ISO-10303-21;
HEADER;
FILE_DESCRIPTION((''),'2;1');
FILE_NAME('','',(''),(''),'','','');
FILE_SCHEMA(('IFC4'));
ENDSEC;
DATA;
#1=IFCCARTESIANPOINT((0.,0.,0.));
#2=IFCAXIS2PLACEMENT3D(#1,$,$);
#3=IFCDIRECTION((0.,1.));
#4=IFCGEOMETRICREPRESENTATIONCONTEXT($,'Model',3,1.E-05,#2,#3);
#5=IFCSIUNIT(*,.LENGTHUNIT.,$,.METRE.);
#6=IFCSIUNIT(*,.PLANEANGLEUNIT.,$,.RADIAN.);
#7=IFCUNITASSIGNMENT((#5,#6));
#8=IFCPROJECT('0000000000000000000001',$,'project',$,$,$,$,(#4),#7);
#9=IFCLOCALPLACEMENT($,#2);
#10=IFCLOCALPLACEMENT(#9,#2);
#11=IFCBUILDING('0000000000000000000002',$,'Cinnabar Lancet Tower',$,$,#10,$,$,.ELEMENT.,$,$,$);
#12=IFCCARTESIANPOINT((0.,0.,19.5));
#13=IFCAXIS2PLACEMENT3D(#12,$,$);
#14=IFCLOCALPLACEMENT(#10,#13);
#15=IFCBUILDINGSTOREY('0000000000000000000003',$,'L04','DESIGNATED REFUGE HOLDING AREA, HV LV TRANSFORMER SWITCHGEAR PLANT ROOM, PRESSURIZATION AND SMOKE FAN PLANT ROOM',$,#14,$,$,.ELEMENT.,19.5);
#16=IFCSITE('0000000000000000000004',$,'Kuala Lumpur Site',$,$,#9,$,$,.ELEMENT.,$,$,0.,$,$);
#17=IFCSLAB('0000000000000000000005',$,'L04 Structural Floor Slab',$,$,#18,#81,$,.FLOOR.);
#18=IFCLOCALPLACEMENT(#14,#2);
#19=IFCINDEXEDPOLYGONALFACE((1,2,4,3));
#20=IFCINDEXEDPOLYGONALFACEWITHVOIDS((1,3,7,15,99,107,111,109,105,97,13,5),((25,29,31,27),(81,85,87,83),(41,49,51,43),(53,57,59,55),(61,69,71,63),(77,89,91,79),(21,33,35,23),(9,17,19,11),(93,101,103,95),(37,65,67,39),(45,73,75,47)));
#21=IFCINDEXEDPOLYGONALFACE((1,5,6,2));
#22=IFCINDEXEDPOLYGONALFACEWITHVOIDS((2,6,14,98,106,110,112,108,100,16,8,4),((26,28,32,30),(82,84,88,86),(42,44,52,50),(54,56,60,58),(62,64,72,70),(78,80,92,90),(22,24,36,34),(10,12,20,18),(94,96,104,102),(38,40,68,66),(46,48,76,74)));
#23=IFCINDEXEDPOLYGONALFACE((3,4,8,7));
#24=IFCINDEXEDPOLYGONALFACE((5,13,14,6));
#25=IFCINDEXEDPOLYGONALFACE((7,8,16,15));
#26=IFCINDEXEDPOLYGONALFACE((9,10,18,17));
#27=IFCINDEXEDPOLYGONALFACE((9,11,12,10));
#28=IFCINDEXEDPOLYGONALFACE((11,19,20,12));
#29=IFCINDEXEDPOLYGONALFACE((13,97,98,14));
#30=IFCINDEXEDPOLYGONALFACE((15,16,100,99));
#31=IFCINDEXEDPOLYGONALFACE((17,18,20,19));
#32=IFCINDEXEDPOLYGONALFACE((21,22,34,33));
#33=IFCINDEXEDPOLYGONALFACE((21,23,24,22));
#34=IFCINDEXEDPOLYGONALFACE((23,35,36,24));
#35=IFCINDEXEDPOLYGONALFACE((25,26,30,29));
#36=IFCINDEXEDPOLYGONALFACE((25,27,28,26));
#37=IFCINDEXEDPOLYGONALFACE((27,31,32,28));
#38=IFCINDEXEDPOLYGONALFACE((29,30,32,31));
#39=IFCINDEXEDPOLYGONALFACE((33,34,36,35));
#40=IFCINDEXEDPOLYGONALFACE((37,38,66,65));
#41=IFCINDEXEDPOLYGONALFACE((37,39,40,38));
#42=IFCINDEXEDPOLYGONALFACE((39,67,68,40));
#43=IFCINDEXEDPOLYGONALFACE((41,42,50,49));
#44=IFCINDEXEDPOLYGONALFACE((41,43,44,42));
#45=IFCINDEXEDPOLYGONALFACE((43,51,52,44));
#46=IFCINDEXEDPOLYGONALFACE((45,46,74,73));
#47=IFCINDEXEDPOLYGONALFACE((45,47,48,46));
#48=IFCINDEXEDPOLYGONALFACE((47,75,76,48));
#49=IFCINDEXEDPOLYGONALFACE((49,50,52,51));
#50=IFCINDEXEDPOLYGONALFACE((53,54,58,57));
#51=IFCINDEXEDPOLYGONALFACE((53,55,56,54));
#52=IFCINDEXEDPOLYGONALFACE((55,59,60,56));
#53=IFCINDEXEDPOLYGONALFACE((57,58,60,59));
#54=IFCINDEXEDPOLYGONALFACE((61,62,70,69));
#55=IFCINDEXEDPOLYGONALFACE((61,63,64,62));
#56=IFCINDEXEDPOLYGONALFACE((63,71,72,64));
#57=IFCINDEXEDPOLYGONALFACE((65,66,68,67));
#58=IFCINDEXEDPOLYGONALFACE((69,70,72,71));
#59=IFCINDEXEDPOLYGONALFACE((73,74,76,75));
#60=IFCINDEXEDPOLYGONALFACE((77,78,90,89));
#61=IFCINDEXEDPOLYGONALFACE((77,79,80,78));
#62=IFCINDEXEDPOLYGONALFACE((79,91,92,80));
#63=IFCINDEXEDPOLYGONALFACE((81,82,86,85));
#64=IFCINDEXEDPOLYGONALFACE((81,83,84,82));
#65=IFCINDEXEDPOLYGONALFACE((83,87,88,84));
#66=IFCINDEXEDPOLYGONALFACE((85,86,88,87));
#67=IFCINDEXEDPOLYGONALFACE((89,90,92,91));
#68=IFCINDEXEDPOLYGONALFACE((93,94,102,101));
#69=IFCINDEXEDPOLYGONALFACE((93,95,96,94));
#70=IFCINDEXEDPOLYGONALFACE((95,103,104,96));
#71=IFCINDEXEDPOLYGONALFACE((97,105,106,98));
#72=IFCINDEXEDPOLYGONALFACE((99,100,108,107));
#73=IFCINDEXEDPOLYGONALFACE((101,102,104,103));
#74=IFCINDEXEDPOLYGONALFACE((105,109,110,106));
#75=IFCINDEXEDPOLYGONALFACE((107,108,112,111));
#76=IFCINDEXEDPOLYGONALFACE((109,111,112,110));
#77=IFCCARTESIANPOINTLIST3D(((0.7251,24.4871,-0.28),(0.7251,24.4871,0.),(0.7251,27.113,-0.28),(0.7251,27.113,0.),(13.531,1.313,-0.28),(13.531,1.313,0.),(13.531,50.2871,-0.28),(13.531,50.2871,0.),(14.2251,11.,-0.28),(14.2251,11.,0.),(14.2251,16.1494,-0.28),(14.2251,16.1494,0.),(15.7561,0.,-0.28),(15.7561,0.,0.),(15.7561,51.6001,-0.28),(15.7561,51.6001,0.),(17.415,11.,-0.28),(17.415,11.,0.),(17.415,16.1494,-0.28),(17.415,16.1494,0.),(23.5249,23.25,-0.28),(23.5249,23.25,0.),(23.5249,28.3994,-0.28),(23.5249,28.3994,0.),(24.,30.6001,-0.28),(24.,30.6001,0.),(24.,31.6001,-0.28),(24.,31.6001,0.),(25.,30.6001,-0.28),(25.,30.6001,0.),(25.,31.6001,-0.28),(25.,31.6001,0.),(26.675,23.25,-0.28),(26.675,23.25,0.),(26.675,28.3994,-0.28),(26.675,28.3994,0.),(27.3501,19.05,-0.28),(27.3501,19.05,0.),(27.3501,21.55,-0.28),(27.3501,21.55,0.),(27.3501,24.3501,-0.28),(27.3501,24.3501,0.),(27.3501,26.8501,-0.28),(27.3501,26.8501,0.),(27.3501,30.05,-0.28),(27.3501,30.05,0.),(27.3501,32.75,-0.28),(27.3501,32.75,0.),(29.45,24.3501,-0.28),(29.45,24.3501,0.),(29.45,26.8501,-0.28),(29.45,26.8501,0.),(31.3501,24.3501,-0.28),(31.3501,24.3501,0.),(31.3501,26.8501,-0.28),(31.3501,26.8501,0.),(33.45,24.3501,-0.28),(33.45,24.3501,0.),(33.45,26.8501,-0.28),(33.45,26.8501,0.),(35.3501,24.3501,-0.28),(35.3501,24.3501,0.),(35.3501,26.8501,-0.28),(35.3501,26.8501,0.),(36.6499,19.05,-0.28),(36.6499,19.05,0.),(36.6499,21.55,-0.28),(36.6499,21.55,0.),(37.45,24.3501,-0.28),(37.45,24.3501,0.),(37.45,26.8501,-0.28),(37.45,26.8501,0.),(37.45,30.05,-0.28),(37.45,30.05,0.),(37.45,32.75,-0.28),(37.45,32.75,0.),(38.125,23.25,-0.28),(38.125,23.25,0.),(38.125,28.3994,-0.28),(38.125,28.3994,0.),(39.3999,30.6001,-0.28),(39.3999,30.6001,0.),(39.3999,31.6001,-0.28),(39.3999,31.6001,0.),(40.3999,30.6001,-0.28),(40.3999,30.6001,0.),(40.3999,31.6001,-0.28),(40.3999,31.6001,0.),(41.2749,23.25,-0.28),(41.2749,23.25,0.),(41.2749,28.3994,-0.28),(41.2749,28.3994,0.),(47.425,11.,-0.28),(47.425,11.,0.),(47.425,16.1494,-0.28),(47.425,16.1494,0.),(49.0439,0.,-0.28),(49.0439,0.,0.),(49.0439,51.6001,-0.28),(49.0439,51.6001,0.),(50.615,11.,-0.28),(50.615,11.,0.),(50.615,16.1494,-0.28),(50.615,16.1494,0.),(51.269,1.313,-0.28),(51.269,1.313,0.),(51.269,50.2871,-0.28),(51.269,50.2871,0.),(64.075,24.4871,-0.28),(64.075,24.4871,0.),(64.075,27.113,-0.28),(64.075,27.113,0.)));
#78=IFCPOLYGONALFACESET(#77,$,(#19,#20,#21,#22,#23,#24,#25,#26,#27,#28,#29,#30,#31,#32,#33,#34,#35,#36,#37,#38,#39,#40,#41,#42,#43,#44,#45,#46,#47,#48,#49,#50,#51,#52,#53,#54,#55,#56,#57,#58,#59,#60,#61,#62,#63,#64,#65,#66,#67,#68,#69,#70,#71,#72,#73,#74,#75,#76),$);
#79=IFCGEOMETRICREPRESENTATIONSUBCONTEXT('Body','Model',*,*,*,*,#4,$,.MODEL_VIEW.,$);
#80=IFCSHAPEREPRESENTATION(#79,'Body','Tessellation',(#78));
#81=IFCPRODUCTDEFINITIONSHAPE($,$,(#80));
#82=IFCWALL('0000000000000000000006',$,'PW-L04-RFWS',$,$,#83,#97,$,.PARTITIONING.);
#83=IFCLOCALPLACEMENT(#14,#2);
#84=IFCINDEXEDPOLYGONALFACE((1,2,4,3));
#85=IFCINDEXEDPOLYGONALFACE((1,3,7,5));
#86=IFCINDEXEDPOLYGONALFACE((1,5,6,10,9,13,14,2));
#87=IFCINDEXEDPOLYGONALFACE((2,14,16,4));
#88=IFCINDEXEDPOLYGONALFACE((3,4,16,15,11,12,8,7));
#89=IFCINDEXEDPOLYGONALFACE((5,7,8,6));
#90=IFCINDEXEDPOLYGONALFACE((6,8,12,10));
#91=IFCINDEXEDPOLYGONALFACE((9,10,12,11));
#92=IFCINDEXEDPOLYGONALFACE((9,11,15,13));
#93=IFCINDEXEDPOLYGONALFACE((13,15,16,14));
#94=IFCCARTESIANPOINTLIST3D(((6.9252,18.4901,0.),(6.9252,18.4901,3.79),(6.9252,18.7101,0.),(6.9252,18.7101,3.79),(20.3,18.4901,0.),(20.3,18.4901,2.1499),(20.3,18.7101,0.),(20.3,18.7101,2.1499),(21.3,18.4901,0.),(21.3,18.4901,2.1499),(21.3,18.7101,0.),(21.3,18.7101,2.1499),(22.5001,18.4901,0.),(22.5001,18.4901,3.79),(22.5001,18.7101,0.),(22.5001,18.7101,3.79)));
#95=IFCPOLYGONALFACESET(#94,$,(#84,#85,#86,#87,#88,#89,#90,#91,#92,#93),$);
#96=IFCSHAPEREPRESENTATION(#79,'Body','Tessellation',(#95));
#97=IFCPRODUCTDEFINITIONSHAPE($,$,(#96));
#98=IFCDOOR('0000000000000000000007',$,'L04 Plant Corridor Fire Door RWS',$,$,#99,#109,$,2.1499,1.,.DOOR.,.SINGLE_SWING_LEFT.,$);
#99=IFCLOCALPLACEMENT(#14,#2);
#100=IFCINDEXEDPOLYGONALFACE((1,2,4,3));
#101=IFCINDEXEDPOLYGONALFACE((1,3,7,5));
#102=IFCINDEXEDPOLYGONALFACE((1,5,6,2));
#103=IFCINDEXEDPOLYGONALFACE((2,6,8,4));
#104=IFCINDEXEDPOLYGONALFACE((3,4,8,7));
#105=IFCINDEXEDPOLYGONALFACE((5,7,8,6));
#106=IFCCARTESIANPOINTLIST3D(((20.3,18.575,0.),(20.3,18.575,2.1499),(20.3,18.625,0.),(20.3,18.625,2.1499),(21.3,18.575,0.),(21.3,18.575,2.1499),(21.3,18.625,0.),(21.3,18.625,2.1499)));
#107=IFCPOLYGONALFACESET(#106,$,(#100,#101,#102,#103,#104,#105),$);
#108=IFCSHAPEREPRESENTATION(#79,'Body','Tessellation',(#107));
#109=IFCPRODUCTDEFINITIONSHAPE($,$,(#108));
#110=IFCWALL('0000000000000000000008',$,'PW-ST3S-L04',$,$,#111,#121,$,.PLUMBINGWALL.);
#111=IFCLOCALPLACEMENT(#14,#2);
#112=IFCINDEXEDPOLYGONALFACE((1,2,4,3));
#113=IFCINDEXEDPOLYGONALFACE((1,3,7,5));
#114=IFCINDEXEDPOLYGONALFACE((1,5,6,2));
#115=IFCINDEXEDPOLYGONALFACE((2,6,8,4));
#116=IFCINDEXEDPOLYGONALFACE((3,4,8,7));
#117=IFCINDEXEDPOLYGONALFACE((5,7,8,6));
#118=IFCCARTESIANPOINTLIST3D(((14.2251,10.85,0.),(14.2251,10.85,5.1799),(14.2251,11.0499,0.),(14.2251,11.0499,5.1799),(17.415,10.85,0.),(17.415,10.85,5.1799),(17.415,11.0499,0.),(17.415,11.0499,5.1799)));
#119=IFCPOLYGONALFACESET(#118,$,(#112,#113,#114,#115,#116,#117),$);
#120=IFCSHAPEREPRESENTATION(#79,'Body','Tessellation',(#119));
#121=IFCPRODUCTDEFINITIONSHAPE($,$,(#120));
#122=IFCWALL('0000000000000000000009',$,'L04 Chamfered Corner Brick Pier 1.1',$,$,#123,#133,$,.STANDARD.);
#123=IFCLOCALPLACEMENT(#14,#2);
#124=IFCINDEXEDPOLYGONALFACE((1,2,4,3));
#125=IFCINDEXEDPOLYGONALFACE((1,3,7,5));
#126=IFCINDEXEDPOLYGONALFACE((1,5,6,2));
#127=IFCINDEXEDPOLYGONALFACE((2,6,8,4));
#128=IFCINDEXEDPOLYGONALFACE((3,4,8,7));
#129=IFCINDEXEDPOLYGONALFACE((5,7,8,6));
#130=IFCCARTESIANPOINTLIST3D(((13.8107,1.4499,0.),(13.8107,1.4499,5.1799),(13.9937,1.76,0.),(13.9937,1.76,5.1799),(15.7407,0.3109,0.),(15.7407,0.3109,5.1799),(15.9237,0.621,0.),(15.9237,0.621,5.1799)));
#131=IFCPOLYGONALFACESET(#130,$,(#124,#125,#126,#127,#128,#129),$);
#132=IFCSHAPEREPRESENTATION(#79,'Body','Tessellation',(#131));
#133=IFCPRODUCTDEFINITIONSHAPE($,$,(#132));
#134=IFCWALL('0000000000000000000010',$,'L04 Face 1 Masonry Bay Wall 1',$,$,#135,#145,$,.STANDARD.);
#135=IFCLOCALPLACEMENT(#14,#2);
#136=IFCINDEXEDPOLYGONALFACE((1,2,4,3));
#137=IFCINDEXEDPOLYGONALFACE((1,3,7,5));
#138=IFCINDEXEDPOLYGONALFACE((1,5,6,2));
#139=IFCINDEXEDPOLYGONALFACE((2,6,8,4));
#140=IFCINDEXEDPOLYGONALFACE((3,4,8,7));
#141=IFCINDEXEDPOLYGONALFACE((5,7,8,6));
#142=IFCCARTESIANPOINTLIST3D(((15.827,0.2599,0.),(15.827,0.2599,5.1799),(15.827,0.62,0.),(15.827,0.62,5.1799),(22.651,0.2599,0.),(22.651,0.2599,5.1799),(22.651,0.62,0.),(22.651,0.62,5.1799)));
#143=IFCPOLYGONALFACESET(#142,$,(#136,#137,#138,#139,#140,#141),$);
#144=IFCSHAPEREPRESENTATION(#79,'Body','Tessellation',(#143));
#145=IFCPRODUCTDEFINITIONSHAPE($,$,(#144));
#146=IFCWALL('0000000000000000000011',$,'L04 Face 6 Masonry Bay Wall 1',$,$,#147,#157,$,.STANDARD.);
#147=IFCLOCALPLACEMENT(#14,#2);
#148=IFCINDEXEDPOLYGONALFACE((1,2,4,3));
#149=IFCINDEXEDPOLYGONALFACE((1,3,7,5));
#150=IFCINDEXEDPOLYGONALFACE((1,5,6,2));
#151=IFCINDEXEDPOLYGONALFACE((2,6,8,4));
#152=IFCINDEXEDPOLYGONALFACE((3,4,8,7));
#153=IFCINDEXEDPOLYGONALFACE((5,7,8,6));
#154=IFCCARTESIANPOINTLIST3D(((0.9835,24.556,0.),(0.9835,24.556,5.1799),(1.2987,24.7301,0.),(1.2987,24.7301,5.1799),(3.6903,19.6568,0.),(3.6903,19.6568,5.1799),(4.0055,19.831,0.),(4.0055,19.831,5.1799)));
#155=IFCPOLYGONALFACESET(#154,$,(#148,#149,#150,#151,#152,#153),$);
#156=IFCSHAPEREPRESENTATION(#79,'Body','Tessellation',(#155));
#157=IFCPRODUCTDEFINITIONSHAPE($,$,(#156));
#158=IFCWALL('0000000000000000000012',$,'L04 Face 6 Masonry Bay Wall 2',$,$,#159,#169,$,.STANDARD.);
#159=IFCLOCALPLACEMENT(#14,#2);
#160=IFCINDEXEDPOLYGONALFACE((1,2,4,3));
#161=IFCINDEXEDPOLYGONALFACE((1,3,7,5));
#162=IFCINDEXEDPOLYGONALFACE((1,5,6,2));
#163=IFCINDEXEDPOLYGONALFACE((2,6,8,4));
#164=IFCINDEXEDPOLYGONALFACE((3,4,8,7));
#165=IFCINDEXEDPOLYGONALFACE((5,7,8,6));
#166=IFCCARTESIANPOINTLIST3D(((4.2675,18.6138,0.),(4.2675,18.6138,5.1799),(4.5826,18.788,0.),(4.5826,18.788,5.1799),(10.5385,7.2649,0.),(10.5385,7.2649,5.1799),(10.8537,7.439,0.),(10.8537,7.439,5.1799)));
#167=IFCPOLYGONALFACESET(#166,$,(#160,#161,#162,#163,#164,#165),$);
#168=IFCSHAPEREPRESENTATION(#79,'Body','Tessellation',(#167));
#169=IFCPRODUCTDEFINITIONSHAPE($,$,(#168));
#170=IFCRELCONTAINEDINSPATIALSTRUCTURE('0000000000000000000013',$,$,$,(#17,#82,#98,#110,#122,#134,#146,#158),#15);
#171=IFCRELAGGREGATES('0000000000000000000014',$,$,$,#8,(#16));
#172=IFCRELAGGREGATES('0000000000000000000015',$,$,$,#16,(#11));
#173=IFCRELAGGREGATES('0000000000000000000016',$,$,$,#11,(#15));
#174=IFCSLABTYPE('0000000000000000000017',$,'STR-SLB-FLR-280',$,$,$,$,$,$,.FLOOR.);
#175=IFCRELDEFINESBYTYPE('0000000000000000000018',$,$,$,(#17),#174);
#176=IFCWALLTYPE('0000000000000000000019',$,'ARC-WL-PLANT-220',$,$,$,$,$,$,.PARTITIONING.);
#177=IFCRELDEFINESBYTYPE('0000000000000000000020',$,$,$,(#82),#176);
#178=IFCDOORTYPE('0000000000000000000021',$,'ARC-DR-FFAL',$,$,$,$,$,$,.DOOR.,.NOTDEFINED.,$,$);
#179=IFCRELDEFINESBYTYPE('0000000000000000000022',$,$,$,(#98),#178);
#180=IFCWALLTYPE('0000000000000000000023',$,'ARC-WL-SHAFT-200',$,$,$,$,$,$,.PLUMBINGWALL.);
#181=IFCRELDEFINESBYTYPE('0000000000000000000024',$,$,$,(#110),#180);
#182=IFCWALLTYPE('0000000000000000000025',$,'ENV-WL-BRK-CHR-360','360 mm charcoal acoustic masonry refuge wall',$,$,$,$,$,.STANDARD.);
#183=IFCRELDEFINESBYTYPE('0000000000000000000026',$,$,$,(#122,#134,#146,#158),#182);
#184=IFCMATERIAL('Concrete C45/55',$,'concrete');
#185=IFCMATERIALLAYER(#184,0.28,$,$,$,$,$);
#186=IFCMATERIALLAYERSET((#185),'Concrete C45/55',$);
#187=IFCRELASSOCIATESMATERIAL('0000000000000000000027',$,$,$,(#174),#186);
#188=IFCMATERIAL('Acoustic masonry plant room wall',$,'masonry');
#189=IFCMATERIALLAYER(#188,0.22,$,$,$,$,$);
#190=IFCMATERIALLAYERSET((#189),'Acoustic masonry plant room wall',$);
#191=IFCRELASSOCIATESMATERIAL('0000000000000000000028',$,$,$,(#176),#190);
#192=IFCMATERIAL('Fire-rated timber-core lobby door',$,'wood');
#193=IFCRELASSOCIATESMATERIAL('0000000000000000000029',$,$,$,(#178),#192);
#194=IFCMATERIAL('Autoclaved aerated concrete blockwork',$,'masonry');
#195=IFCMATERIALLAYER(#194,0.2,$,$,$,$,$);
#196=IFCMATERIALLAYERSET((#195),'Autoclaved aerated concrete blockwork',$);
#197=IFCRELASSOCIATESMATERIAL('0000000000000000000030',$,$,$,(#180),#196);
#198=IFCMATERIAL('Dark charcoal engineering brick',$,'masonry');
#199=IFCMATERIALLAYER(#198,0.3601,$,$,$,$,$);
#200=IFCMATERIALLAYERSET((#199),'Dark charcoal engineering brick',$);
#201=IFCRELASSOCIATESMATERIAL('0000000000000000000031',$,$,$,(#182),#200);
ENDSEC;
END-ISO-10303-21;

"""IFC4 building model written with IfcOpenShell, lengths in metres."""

from ifc_helpers import new_model, si_unit, direction, frame, frame_2d, origin, place, context, subcontext, project, spatial, polyline, rectangle, outline, extrude, material, layer, layer_set, type_object, element, fill, save


model = new_model("IFC4")

# Units and contexts
model_context = context("Model", 3, precision=1e-05, world=origin(), true_north=direction((0.0, 1.0)))
body_context = subcontext(model_context, "Body", "Model", "MODEL_VIEW")
ifc_project = project(units=[si_unit("LENGTHUNIT", "METRE"), si_unit("PLANEANGLEUNIT", "RADIAN")], contexts=[model_context])

# Site, building, storey
site_placement = place(None, origin())
site = spatial("IfcSite", under=ifc_project, at=site_placement, Name="Kuala Lumpur Site", CompositionType="ELEMENT", RefElevation=0.0)
building_placement = place(site_placement, origin())
building = spatial("IfcBuilding", under=site, at=building_placement, Name="Cinnabar Lancet Tower", CompositionType="ELEMENT")
storey_placement = place(building_placement, frame((0.0, 0.0, 19.5)))
storey = spatial("IfcBuildingStorey", under=building, at=storey_placement, Name="L04", Description="DESIGNATED REFUGE HOLDING AREA, HV LV TRANSFORMER SWITCHGEAR PLANT ROOM, PRESSURIZATION AND SMOKE FAN PLANT ROOM", CompositionType="ELEMENT", Elevation=19.5)

# Slab
ifc_material_1 = material(Name="Concrete C45/55", Category="concrete")
ifc_layer_1 = layer(ifc_material_1, 0.28)
ifc_layer_set_1 = layer_set([ifc_layer_1], Name="Concrete C45/55")
slab_type_1 = type_object("IfcSlabType", Name="STR-SLB-FLR-280", PredefinedType="FLOOR", material=ifc_layer_set_1)
slab_1_placement = place(storey_placement, frame((0.0, 0.0, -0.28)))
element("IfcSlab", 1, at=slab_1_placement, inside=storey, type_object=slab_type_1, Name="L04 Structural Floor Slab", PredefinedType="FLOOR", context=body_context, shape_type="SweptSolid", body=[
    extrude(outline(polyline([(13.531, 1.313), (15.7561, 0.0), (49.0439, 0.0), (51.269, 1.313), (64.075, 24.4871), (64.075, 27.113), (51.269, 50.2871), (49.0439, 51.6001), (15.7561, 51.6001), (13.531, 50.2871), (0.7251, 27.113), (0.7251, 24.4871), (13.531, 1.313)]), holes=[polyline([(23.5249, 23.25), (26.675, 23.25), (26.675, 28.3994), (23.5249, 28.3994), (23.5249, 23.25)]), polyline([(38.125, 23.25), (41.2749, 23.25), (41.2749, 28.3994), (38.125, 28.3994), (38.125, 23.25)]), polyline([(14.2251, 11.0), (17.415, 11.0), (17.415, 16.1494), (14.2251, 16.1494), (14.2251, 11.0)]), polyline([(47.425, 11.0), (50.615, 11.0), (50.615, 16.1494), (47.425, 16.1494), (47.425, 11.0)]), polyline([(27.3501, 30.05), (37.45, 30.05), (37.45, 32.75), (27.3501, 32.75), (27.3501, 30.05)]), polyline([(27.3501, 19.05), (36.6499, 19.05), (36.6499, 21.55), (27.3501, 21.55), (27.3501, 19.05)]), polyline([(27.3501, 24.3501), (29.45, 24.3501), (29.45, 26.8501), (27.3501, 26.8501), (27.3501, 24.3501)]), polyline([(35.3501, 24.3501), (37.45, 24.3501), (37.45, 26.8501), (35.3501, 26.8501), (35.3501, 24.3501)]), polyline([(31.3501, 24.3501), (33.45, 24.3501), (33.45, 26.8501), (31.3501, 26.8501), (31.3501, 24.3501)]), polyline([(24.0, 30.6001), (25.0, 30.6001), (25.0, 31.6001), (24.0, 31.6001), (24.0, 30.6001)]), polyline([(39.3999, 30.6001), (40.3999, 30.6001), (40.3999, 31.6001), (39.3999, 31.6001), (39.3999, 30.6001)])]), origin(), (0.0, 0.0, 1.0), 0.28),
])

# Wall, opening, door
ifc_material_2 = material(Name="Acoustic masonry plant room wall", Category="masonry")
ifc_layer_2 = layer(ifc_material_2, 0.22)
ifc_layer_set_2 = layer_set([ifc_layer_2], Name="Acoustic masonry plant room wall")
wall_type_1 = type_object("IfcWallType", Name="ARC-WL-PLANT-220", PredefinedType="PARTITIONING", material=ifc_layer_set_2)
wall_1_placement = place(storey_placement, frame((6.925, 18.6001, 0.0), z_axis=(0.0, 0.0, 1.0), x_axis=(1.0, 0.0, 0.0)))
wall_1 = element("IfcWall", 2, at=wall_1_placement, inside=storey, type_object=wall_type_1, Name="PW-L04-RFWS", PredefinedType="PARTITIONING", context=body_context, shape_type="SweptSolid", body=[
    extrude(rectangle(XDim=15.575, YDim=0.22, at=frame_2d((7.7876, 0.0))), origin(), (0.0, 0.0, 1.0), 3.79),
])
opening_1_placement = place(wall_1_placement, frame((13.375, 0.0, 0.0)))
opening_1 = element("IfcOpeningElement", 3, at=opening_1_placement, cuts=wall_1, PredefinedType="OPENING", context=body_context, shape_type="SweptSolid", body=[
    extrude(rectangle(XDim=1.0, YDim=2.1499, at=frame_2d((0.5, 1.075))), frame((0.0, 0.1199, 0.0), z_axis=(0.0, -1.0, 0.0), x_axis=(1.0, 0.0, 0.0)), (0.0, 0.0, 1.0), 0.24),
])
ifc_material_3 = material(Name="Fire-rated timber-core lobby door", Category="wood")
door_type_1 = type_object("IfcDoorType", Name="ARC-DR-FFAL", OperationType="NOTDEFINED", PredefinedType="DOOR", material=ifc_material_3)
door_1_placement = place(opening_1_placement, origin())
door_1 = element("IfcDoor", 4, at=door_1_placement, inside=storey, type_object=door_type_1, Name="L04 Plant Corridor Fire Door RWS", OperationType="SINGLE_SWING_LEFT", OverallHeight=2.1499, OverallWidth=1.0, PredefinedType="DOOR", context=body_context, shape_type="SweptSolid", body=[
    extrude(rectangle(XDim=1.0, YDim=2.1499, at=frame_2d((0.5, 1.075))), frame((0.0, 0.0249, 0.0), z_axis=(0.0, -1.0, 0.0), x_axis=(1.0, 0.0, 0.0)), (0.0, 0.0, 1.0), 0.05),
])
fill(opening_1, door_1)

# Wall
ifc_material_4 = material(Name="Autoclaved aerated concrete blockwork", Category="masonry")
ifc_layer_3 = layer(ifc_material_4, 0.2)
ifc_layer_set_3 = layer_set([ifc_layer_3], Name="Autoclaved aerated concrete blockwork")
wall_type_2 = type_object("IfcWallType", Name="ARC-WL-SHAFT-200", PredefinedType="PLUMBINGWALL", material=ifc_layer_set_3)
wall_2_placement = place(storey_placement, frame((14.2251, 10.95, 0.0), z_axis=(0.0, 0.0, 1.0), x_axis=(1.0, 0.0, 0.0)))
element("IfcWall", 5, at=wall_2_placement, inside=storey, type_object=wall_type_2, Name="PW-ST3S-L04", PredefinedType="PLUMBINGWALL", context=body_context, shape_type="SweptSolid", body=[
    extrude(rectangle(XDim=3.1899, YDim=0.2, at=frame_2d((1.595, 0.0))), origin(), (0.0, 0.0, 1.0), 5.1799),
])

# Walls
ifc_material_5 = material(Name="Dark charcoal engineering brick", Category="masonry")
ifc_layer_4 = layer(ifc_material_5, 0.3601)
ifc_layer_set_4 = layer_set([ifc_layer_4], Name="Dark charcoal engineering brick")
wall_type_3 = type_object("IfcWallType", Name="ENV-WL-BRK-CHR-360", Description="360 mm charcoal acoustic masonry refuge wall", PredefinedType="STANDARD", material=ifc_layer_set_4)
wall_3_placement = place(storey_placement, frame((13.9021, 1.605, 0.0), z_axis=(0.0, 0.0, 1.0), x_axis=(0.861219, -0.508234, 0.0)))
element("IfcWall", 6, at=wall_3_placement, inside=storey, type_object=wall_type_3, Name="L04 Chamfered Corner Brick Pier 1.1", PredefinedType="STANDARD", context=body_context, shape_type="SweptSolid", body=[
    extrude(rectangle(XDim=2.241, YDim=0.3601, at=frame_2d((1.1206, 0.0))), origin(), (0.0, 0.0, 1.0), 5.1799),
])
wall_4_placement = place(storey_placement, frame((15.8269, 0.4399, 0.0), z_axis=(0.0, 0.0, 1.0), x_axis=(1.0, 0.0, 0.0)))
element("IfcWall", 7, at=wall_4_placement, inside=storey, type_object=wall_type_3, Name="L04 Face 1 Masonry Bay Wall 1", PredefinedType="STANDARD", context=body_context, shape_type="SweptSolid", body=[
    extrude(rectangle(XDim=6.824, YDim=0.3601, at=frame_2d((3.4121, 0.0))), origin(), (0.0, 0.0, 1.0), 5.1799),
])
wall_5_placement = place(storey_placement, frame((1.1411, 24.6431, 0.0), z_axis=(0.0, 0.0, 1.0), x_axis=(0.483597, -0.875291, 0.0)))
element("IfcWall", 8, at=wall_5_placement, inside=storey, type_object=wall_type_3, Name="L04 Face 6 Masonry Bay Wall 1", PredefinedType="STANDARD", context=body_context, shape_type="SweptSolid", body=[
    extrude(rectangle(XDim=5.5972, YDim=0.3601, at=frame_2d((2.7986, 0.0))), origin(), (0.0, 0.0, 1.0), 5.1799),
])
wall_6_placement = place(storey_placement, frame((4.425, 18.7009, 0.0), z_axis=(0.0, 0.0, 1.0), x_axis=(0.483642, -0.875266, 0.0)))
element("IfcWall", 9, at=wall_6_placement, inside=storey, type_object=wall_type_3, Name="L04 Face 6 Masonry Bay Wall 2", PredefinedType="STANDARD", context=body_context, shape_type="SweptSolid", body=[
    extrude(rectangle(XDim=12.9663, YDim=0.3601, at=frame_2d((6.4832, 0.0))), origin(), (0.0, 0.0, 1.0), 5.1799),
])

save(model, "model.ifc")
